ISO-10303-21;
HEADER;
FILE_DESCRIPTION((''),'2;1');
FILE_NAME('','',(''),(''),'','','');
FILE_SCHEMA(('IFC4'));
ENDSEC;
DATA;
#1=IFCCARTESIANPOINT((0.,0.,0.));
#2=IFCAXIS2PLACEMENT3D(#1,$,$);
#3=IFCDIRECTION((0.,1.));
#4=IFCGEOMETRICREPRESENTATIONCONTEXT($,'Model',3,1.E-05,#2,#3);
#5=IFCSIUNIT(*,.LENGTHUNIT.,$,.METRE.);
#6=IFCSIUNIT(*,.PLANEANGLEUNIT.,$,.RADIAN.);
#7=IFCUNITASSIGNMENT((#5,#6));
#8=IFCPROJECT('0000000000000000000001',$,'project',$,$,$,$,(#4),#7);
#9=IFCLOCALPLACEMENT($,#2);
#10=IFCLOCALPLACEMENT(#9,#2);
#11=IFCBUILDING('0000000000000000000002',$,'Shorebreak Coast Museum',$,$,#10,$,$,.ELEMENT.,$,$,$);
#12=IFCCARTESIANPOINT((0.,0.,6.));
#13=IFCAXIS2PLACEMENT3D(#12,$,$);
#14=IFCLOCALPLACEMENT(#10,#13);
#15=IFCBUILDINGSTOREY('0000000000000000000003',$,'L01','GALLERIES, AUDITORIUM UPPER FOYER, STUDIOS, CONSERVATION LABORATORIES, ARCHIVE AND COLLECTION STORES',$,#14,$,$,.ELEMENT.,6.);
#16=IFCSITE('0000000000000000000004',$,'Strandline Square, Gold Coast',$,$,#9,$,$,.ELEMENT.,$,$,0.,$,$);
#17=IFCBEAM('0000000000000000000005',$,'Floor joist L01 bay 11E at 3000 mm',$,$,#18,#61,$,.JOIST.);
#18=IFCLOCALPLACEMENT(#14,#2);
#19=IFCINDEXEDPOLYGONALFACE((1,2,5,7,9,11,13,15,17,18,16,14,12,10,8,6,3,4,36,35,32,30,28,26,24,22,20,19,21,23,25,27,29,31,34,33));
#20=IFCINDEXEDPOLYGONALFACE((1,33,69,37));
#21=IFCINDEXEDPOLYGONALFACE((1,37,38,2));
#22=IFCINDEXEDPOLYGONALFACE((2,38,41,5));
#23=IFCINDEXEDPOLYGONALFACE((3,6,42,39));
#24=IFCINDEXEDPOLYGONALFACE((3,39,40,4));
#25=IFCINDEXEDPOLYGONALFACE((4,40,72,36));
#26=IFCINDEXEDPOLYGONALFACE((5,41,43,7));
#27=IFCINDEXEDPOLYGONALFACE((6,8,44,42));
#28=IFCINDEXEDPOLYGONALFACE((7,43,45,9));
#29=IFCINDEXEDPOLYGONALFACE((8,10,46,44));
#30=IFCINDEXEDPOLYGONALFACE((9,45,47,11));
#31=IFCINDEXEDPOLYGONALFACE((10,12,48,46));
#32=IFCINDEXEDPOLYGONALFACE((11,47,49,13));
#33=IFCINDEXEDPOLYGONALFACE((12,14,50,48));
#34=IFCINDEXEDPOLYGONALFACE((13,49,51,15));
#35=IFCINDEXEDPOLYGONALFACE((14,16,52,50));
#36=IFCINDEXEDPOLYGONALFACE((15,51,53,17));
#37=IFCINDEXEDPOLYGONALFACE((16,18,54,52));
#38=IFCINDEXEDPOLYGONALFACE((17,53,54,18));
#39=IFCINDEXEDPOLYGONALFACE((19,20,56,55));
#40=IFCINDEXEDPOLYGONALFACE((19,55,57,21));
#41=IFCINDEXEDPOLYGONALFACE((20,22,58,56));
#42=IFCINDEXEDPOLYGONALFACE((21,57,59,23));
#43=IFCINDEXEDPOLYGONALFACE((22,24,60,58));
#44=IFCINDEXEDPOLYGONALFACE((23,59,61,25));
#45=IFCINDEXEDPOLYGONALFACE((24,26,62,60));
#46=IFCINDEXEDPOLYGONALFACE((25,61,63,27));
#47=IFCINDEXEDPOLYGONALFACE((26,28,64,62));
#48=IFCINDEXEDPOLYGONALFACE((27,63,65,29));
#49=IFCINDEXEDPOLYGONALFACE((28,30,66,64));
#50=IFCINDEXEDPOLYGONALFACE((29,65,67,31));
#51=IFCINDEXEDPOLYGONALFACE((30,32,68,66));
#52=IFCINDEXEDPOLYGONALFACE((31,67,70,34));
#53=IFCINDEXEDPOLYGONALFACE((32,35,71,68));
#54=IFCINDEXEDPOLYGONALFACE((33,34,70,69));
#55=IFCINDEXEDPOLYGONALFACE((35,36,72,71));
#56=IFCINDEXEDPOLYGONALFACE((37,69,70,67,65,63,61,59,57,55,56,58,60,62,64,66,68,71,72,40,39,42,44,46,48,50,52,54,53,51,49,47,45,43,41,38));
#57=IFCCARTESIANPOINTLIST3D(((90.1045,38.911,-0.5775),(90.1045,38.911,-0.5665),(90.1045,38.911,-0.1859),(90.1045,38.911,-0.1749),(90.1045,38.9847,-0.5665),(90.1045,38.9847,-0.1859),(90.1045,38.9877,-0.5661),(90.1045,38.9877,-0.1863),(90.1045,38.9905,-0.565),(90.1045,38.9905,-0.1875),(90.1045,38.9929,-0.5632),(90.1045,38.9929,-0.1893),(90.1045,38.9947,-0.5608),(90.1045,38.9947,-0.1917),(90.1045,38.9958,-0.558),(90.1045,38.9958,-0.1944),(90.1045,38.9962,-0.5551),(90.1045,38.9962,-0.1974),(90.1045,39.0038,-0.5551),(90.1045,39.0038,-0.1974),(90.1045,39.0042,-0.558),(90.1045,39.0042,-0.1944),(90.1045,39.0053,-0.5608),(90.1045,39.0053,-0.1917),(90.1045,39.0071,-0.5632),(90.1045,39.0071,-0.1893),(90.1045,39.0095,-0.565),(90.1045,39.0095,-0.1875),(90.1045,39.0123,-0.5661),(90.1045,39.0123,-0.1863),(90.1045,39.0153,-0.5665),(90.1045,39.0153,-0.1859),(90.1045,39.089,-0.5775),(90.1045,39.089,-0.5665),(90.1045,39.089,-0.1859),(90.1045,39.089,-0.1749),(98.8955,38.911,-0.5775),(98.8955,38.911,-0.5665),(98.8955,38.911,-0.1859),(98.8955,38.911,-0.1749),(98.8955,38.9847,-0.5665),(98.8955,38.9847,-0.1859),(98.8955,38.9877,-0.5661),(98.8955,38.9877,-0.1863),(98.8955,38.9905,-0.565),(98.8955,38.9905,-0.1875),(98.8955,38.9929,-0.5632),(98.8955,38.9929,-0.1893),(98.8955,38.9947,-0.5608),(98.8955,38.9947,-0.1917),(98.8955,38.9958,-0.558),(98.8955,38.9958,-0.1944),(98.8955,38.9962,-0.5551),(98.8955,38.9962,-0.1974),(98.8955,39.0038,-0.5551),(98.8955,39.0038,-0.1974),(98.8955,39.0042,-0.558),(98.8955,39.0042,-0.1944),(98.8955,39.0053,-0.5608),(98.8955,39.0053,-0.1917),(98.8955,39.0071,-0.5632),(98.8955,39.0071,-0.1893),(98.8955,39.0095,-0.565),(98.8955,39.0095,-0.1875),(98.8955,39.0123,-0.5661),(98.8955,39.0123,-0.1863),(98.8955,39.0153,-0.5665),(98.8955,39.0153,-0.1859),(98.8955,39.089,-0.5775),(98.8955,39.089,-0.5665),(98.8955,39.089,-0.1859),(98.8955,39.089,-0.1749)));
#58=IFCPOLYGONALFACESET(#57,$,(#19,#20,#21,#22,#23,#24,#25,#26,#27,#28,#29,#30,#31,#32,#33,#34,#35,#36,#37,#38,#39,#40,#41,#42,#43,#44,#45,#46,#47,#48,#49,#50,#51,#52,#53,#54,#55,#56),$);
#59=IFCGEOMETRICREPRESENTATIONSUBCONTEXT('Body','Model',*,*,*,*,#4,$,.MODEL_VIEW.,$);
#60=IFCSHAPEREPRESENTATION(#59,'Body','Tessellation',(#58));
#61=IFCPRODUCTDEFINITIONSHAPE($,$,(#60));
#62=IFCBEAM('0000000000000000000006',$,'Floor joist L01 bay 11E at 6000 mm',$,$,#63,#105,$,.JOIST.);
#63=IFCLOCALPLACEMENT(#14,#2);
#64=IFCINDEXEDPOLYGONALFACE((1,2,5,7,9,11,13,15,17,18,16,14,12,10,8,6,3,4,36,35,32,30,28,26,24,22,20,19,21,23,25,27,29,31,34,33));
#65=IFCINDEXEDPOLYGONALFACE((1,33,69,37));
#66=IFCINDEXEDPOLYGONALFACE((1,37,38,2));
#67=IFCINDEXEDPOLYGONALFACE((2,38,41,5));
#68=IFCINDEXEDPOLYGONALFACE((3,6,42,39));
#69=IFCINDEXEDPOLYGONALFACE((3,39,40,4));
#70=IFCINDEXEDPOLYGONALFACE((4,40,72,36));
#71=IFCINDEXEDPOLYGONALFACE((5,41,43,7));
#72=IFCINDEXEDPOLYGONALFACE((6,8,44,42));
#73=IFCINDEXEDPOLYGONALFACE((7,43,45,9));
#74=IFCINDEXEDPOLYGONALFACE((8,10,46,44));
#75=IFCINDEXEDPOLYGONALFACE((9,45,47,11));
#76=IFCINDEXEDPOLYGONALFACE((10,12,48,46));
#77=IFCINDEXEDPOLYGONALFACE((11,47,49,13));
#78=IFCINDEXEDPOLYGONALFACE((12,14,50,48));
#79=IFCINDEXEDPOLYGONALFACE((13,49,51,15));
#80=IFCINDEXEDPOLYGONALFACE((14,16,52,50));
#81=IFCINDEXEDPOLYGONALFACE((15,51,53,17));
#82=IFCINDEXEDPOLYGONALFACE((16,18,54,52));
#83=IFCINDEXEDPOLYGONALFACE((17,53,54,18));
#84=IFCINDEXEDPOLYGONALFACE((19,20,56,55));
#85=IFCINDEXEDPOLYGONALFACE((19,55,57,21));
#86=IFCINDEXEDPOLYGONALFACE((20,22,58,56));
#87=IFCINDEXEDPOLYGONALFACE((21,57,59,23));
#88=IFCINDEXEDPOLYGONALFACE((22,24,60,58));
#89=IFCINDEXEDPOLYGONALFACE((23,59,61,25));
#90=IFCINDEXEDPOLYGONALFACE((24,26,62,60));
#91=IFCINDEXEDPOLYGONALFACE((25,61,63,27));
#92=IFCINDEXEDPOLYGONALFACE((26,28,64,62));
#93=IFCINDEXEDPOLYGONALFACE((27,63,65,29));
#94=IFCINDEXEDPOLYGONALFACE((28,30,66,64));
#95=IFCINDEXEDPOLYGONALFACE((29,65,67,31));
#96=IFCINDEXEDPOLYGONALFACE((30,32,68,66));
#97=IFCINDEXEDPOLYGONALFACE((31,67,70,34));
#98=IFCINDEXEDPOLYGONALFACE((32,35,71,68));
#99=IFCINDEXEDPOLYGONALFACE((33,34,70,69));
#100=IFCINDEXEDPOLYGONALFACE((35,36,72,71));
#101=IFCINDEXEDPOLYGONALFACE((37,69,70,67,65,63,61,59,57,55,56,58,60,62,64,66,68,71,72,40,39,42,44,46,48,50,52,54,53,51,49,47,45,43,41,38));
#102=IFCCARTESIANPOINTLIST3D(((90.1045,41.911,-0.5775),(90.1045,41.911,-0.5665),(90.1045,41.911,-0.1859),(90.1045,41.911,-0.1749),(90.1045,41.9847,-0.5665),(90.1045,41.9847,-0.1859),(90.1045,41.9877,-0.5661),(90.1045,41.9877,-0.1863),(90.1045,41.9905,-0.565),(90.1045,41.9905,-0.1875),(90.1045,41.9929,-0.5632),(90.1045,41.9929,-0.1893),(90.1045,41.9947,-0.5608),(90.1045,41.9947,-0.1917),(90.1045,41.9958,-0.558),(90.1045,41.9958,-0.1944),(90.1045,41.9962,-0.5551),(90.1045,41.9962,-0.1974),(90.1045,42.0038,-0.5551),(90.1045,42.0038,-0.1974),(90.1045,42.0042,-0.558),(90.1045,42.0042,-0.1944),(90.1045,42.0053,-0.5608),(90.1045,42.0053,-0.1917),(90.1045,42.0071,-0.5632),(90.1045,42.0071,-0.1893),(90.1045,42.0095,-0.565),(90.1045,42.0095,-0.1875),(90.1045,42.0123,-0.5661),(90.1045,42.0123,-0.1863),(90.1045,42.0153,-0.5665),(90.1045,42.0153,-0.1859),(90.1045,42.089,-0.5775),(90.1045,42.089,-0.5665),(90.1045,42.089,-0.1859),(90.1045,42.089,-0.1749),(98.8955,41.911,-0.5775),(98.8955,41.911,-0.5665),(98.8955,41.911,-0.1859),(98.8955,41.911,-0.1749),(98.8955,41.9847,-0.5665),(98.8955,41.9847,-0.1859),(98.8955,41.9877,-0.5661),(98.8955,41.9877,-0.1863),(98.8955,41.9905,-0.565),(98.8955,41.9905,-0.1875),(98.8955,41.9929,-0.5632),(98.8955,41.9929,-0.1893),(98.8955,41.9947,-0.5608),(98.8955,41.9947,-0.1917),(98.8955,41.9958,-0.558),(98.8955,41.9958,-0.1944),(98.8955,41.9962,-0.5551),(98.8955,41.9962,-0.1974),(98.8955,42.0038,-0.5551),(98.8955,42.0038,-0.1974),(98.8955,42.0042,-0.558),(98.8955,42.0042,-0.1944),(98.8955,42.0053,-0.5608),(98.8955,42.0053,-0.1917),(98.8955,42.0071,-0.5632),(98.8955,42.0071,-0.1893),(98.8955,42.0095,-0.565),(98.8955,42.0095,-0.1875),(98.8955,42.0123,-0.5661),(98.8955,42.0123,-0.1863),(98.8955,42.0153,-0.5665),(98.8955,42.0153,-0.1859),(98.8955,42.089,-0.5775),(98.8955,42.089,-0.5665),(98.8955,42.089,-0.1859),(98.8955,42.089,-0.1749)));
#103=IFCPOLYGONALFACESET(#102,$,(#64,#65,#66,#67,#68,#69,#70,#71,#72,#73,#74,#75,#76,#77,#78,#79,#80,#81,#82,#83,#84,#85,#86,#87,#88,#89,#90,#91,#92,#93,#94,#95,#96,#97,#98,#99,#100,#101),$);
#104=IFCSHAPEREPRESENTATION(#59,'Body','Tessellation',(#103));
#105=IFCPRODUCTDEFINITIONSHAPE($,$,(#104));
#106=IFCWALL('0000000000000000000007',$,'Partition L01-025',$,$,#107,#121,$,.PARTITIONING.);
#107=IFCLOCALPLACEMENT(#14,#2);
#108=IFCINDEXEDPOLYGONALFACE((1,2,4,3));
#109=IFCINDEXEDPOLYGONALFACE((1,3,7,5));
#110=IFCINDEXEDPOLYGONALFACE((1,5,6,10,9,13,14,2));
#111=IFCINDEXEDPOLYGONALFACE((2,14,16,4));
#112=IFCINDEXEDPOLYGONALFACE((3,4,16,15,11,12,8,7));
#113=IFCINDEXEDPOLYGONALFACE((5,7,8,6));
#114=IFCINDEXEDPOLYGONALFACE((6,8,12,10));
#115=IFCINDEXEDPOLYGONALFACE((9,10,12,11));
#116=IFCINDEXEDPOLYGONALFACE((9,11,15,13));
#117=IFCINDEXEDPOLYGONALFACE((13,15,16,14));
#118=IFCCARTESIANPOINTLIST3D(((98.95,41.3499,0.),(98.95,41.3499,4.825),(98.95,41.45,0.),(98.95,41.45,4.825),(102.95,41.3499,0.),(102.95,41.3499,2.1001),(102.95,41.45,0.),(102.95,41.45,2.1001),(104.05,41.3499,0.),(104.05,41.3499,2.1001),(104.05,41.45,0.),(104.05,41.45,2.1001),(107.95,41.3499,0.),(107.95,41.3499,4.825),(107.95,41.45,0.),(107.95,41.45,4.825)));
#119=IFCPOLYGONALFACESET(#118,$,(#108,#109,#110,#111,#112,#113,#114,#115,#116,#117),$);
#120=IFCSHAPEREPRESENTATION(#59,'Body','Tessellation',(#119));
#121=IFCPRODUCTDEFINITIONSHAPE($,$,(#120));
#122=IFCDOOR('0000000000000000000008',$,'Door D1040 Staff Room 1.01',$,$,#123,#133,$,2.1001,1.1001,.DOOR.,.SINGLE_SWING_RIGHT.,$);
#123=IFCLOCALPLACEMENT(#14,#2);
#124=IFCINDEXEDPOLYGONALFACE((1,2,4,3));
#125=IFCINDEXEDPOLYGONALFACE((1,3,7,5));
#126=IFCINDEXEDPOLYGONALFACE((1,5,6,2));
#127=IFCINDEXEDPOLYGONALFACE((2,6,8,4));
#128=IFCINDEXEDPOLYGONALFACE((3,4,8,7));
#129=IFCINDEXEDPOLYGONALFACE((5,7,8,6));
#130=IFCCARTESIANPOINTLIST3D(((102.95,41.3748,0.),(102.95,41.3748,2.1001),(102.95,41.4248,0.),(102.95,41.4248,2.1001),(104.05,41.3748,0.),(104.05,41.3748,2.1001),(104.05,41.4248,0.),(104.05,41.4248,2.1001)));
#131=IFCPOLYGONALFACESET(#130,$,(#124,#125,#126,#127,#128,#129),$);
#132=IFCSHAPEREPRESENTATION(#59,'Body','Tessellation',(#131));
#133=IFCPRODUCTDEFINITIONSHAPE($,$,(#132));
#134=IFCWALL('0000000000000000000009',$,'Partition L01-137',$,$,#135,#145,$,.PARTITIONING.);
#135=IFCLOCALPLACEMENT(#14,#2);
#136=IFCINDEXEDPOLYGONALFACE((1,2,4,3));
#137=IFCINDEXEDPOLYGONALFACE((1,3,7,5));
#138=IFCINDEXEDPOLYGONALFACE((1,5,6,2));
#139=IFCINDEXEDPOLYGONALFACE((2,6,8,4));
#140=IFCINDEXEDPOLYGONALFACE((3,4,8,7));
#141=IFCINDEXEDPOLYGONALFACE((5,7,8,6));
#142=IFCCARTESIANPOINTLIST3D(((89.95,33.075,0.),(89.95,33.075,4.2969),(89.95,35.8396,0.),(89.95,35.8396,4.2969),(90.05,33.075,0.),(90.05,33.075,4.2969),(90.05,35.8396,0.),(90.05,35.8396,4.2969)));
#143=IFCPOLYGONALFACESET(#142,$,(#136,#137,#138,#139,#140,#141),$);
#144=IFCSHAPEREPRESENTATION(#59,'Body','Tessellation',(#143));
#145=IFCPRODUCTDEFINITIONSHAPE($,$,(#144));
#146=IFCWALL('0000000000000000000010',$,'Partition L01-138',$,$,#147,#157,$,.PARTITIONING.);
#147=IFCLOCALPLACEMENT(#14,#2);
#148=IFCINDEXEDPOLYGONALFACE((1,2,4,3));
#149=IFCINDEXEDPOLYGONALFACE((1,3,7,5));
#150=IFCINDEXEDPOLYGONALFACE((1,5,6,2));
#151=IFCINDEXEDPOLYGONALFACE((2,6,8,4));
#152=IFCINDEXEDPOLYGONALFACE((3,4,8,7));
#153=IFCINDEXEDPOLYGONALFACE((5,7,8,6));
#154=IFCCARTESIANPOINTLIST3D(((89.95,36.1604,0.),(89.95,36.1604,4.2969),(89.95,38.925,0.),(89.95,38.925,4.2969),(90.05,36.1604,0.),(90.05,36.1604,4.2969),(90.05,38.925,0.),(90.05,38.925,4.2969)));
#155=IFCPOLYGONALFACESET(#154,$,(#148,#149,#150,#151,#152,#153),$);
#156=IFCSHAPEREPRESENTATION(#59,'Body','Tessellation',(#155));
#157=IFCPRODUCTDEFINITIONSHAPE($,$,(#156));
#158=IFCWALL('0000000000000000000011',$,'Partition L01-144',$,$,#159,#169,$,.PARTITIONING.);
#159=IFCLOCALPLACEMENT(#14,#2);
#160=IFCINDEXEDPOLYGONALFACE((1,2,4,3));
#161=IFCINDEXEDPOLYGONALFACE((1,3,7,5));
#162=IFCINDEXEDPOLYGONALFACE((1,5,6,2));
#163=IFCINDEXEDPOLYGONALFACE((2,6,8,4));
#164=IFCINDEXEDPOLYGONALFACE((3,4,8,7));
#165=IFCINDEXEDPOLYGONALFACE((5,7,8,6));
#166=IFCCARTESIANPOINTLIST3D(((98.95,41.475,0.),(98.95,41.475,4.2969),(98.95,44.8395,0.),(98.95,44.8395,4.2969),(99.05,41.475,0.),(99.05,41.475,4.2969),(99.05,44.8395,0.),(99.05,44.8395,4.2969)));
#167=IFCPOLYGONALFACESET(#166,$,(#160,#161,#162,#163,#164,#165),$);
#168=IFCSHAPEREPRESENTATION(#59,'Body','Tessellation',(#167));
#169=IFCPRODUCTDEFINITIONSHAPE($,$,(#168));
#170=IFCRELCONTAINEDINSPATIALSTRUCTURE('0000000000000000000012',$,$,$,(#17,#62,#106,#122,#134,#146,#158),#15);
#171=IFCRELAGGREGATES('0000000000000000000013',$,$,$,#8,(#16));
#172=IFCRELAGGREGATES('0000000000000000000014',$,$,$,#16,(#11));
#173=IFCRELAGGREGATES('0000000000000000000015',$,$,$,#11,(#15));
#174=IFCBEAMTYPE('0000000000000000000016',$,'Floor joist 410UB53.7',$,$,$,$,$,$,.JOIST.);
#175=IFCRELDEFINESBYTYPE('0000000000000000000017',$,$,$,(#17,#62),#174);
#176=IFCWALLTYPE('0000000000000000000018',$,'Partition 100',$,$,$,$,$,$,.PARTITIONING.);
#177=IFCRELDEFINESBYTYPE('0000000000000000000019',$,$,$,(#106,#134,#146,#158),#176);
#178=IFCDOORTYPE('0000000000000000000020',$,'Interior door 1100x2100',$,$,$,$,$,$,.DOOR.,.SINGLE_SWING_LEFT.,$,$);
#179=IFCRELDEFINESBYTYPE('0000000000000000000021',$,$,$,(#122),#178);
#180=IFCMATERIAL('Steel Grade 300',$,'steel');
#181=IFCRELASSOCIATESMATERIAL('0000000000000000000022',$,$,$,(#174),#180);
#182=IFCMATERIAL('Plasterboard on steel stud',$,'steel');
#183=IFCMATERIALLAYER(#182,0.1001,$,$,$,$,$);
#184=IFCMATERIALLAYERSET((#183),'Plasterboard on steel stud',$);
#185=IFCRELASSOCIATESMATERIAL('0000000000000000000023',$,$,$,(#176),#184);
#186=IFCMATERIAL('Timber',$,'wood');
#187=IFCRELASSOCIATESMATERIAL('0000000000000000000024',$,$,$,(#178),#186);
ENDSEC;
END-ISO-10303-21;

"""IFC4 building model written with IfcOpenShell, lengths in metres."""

from ifc_helpers import new_model, si_unit, direction, frame, frame_2d, origin, origin_2d, place, context, subcontext, project, spatial, rectangle, i_section, extrude, material, layer, layer_set, material_profile, profile_set, type_object, element, fill, save


model = new_model("IFC4")

# Units and contexts
model_context = context("Model", 3, precision=1e-05, world=origin(), true_north=direction((0.0, 1.0)))
body_context = subcontext(model_context, "Body", "Model", "MODEL_VIEW")
ifc_project = project(units=[si_unit("LENGTHUNIT", "METRE"), si_unit("PLANEANGLEUNIT", "RADIAN")], contexts=[model_context])

# Site, building, storey
site_placement = place(None, origin())
site = spatial("IfcSite", under=ifc_project, at=site_placement, Name="Strandline Square, Gold Coast", CompositionType="ELEMENT", RefElevation=0.0)
building_placement = place(site_placement, origin())
building = spatial("IfcBuilding", under=site, at=building_placement, Name="Shorebreak Coast Museum", CompositionType="ELEMENT")
storey_placement = place(building_placement, frame((0.0, 0.0, 6.0)))
storey = spatial("IfcBuildingStorey", under=building, at=storey_placement, Name="L01", Description="GALLERIES, AUDITORIUM UPPER FOYER, STUDIOS, CONSERVATION LABORATORIES, ARCHIVE AND COLLECTION STORES", CompositionType="ELEMENT", Elevation=6.0)

# Beams
ifc_material_1 = material(Name="Steel Grade 300", Category="steel")
ifc_material_profile_1 = material_profile(ifc_material_1, i_section(OverallWidth=0.178, OverallDepth=0.4026, WebThickness=0.0076, FlangeThickness=0.011, FilletRadius=0.0115, at=origin_2d()), Name="410UB53.7")
ifc_profile_set_1 = profile_set([ifc_material_profile_1], Name="Steel Grade 300")
beam_type_1 = type_object("IfcBeamType", Name="Floor joist 410UB53.7", PredefinedType="JOIST", material=ifc_profile_set_1)
for number, where, z_axis, x_axis, name in (
    (1, (90.1045, 39.0, -0.3762), (1.0, 0.0, 0.0), (0.0, 1.0, 0.0), "Floor joist L01 bay 11E at 3000 mm"),
    (2, (90.1045, 42.0, -0.3762), (1.0, 0.0, 0.0), (0.0, 1.0, 0.0), "Floor joist L01 bay 11E at 6000 mm"),
):
    element("IfcBeam", number, at=place(storey_placement, frame(where, z_axis=z_axis, x_axis=x_axis)), inside=storey, type_object=beam_type_1, Name=name, PredefinedType="JOIST", context=body_context, shape_type="SweptSolid", body=[
        extrude(i_section(OverallWidth=0.178, OverallDepth=0.4026, WebThickness=0.0076, FlangeThickness=0.011, FilletRadius=0.0115, at=origin_2d()), origin(), (0.0, 0.0, 1.0), 8.791),
    ])

# Wall, opening, door
ifc_material_2 = material(Name="Plasterboard on steel stud", Category="steel")
ifc_layer = layer(ifc_material_2, 0.1001)
ifc_layer_set = layer_set([ifc_layer], Name="Plasterboard on steel stud")
wall_type = type_object("IfcWallType", Name="Partition 100", PredefinedType="PARTITIONING", material=ifc_layer_set)
wall_1_placement = place(storey_placement, frame((98.95, 41.3999, 0.0), z_axis=(0.0, 0.0, 1.0), x_axis=(1.0, 0.0, 0.0)))
wall_1 = element("IfcWall", 3, at=wall_1_placement, inside=storey, type_object=wall_type, Name="Partition L01-025", PredefinedType="PARTITIONING", context=body_context, shape_type="SweptSolid", body=[
    extrude(rectangle(XDim=9.0, YDim=0.1001, at=frame_2d((4.5, 0.0))), origin(), (0.0, 0.0, 1.0), 4.825),
])
opening_placement = place(wall_1_placement, frame((4.0, 0.0, 0.0)))
opening = element("IfcOpeningElement", 4, at=opening_placement, cuts=wall_1, PredefinedType="OPENING", context=body_context, shape_type="SweptSolid", body=[
    extrude(rectangle(XDim=1.1001, YDim=2.1001, at=frame_2d((0.55, 1.05))), frame((0.0, 0.0601, 0.0), z_axis=(0.0, -1.0, 0.0), x_axis=(1.0, 0.0, 0.0)), (0.0, 0.0, 1.0), 0.1201),
])
ifc_material_3 = material(Name="Timber", Category="wood")
door_type = type_object("IfcDoorType", Name="Interior door 1100x2100", OperationType="SINGLE_SWING_LEFT", PredefinedType="DOOR", material=ifc_material_3)
door_placement = place(opening_placement, origin())
door = element("IfcDoor", 5, at=door_placement, inside=storey, type_object=door_type, Name="Door D1040 Staff Room 1.01", OperationType="SINGLE_SWING_RIGHT", OverallHeight=2.1001, OverallWidth=1.1001, PredefinedType="DOOR", context=body_context, shape_type="SweptSolid", body=[
    extrude(rectangle(XDim=1.1001, YDim=2.1001, at=frame_2d((0.55, 1.05))), frame((0.0, 0.0249, 0.0), z_axis=(0.0, -1.0, 0.0), x_axis=(1.0, 0.0, 0.0)), (0.0, 0.0, 1.0), 0.05),
])
fill(opening, door)

# Walls
for number, where, z_axis, x_axis, name in (
    (6, (90.0, 33.075, 0.0), (0.0, 0.0, 1.0), (0.0, 1.0, 0.0), "Partition L01-137"),
    (7, (90.0, 36.1604, 0.0), (0.0, 0.0, 1.0), (0.0, 1.0, 0.0), "Partition L01-138"),
):
    element("IfcWall", number, at=place(storey_placement, frame(where, z_axis=z_axis, x_axis=x_axis)), inside=storey, type_object=wall_type, Name=name, PredefinedType="PARTITIONING", context=body_context, shape_type="SweptSolid", body=[
        extrude(rectangle(XDim=2.7646, YDim=0.1001, at=frame_2d((1.3823, 0.0))), origin(), (0.0, 0.0, 1.0), 4.2969),
    ])
wall_2_placement = place(storey_placement, frame((99.0, 41.4751, 0.0), z_axis=(0.0, 0.0, 1.0), x_axis=(0.0, 1.0, 0.0)))
element("IfcWall", 8, at=wall_2_placement, inside=storey, type_object=wall_type, Name="Partition L01-144", PredefinedType="PARTITIONING", context=body_context, shape_type="SweptSolid", body=[
    extrude(rectangle(XDim=3.3645, YDim=0.1001, at=frame_2d((1.6821, 0.0))), origin(), (0.0, 0.0, 1.0), 4.2969),
])

save(model, "model.ifc")
